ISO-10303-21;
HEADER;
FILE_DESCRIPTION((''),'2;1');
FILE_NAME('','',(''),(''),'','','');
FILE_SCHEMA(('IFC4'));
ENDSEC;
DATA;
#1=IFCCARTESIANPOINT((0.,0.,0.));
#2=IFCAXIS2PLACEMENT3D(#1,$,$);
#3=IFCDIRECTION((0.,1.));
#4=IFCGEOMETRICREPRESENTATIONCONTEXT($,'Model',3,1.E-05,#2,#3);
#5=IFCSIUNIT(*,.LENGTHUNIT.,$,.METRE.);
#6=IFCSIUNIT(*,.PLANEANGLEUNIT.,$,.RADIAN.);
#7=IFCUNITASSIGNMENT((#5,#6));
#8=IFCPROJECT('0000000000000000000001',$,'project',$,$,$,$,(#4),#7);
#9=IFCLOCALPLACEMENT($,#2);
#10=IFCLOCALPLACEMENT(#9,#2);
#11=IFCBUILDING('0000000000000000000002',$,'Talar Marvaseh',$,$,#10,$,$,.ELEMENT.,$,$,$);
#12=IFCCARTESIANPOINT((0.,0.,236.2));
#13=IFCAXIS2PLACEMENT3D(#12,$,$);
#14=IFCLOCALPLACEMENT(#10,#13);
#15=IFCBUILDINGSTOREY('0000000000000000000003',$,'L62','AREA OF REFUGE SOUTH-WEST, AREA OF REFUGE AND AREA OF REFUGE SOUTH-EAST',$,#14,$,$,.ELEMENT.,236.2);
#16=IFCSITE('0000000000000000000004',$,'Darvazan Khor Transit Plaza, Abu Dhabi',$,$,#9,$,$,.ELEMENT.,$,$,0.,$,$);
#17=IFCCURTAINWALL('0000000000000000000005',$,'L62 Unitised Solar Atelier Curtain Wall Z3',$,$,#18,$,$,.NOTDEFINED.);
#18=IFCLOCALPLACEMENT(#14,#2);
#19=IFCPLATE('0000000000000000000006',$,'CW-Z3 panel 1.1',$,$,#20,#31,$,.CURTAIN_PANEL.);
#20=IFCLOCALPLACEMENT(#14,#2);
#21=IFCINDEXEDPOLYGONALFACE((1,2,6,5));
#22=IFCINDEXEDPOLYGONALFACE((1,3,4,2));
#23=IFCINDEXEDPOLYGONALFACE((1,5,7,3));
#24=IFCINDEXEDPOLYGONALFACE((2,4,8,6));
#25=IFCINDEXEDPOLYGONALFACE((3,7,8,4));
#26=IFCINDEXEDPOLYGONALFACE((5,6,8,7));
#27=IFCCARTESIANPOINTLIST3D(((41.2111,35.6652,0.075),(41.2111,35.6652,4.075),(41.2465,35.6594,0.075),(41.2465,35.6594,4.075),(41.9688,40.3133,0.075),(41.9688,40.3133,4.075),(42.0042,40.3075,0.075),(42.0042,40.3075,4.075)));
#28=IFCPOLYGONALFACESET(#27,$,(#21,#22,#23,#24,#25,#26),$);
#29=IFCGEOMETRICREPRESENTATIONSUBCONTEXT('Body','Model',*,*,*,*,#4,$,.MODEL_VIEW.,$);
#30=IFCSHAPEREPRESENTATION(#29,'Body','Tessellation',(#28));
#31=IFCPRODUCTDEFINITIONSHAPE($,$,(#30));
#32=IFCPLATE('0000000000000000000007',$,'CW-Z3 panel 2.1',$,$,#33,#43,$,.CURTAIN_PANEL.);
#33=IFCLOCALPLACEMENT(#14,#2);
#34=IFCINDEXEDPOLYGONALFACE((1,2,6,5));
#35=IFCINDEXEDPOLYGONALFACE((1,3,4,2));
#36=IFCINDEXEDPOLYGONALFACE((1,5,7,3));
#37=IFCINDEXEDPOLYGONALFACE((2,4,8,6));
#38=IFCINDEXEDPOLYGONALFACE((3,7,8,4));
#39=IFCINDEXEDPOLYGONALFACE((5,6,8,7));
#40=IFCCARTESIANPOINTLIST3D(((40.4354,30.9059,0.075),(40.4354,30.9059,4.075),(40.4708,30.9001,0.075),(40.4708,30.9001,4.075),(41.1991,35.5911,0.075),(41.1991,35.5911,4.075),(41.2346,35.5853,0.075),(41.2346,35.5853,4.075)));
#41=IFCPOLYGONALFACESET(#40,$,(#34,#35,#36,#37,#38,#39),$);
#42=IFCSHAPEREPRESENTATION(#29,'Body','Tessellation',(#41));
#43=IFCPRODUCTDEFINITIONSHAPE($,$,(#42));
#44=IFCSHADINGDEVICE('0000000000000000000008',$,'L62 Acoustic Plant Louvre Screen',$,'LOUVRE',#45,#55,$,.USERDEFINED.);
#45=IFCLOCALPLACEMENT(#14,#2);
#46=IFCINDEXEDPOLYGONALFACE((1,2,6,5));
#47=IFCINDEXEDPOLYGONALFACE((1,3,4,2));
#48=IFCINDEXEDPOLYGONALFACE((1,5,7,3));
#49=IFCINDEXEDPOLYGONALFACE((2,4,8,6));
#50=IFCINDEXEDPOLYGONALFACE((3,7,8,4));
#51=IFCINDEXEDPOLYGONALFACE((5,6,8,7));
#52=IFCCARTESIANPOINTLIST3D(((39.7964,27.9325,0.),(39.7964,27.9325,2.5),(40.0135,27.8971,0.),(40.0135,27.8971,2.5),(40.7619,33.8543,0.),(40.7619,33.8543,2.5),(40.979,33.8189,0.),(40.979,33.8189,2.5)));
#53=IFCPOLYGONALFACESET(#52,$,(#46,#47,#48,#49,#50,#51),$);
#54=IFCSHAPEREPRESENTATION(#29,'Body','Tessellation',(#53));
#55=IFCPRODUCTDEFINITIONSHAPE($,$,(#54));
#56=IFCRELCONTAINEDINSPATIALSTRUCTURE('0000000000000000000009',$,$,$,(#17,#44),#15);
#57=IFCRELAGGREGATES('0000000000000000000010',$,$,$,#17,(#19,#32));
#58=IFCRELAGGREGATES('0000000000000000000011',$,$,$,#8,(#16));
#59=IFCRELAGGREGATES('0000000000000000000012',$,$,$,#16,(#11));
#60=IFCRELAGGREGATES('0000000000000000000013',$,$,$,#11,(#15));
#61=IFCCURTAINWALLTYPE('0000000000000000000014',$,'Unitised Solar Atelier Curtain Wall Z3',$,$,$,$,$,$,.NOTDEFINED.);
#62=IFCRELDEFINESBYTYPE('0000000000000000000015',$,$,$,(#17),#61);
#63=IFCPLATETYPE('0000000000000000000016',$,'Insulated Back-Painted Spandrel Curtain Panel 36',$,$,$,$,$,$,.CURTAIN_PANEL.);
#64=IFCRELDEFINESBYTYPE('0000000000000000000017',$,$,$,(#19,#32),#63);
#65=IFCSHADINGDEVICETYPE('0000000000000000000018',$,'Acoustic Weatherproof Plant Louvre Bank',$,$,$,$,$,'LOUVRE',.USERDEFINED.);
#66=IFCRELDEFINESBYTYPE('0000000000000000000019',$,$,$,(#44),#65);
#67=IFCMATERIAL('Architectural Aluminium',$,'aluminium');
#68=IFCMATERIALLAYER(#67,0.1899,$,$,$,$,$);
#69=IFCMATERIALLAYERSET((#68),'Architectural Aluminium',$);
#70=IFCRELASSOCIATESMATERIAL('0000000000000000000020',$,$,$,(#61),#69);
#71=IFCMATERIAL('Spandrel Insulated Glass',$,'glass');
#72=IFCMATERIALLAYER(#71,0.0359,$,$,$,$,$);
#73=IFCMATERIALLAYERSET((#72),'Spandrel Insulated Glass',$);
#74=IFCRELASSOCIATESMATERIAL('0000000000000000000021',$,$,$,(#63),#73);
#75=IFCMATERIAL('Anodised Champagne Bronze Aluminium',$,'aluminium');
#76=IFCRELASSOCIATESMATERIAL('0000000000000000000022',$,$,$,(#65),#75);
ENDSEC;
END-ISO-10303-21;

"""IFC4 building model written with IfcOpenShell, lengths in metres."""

from ifc_helpers import new_model, si_unit, direction, frame, origin, origin_2d, place, context, subcontext, project, spatial, rectangle, extrude, source, transform, mapped, material, layer, layer_set, type_object, type_shapes, element, aggregate, save


model = new_model("IFC4")

# Units and contexts
model_context = context("Model", 3, precision=1e-05, world=origin(), true_north=direction((0.0, 1.0)))
body_context = subcontext(model_context, "Body", "Model", "MODEL_VIEW")
ifc_project = project(units=[si_unit("LENGTHUNIT", "METRE"), si_unit("PLANEANGLEUNIT", "RADIAN")], contexts=[model_context])

# Site, building, storey
site_placement = place(None, origin())
site = spatial("IfcSite", under=ifc_project, at=site_placement, Name="Darvazan Khor Transit Plaza, Abu Dhabi", CompositionType="ELEMENT", RefElevation=0.0)
building_placement = place(site_placement, origin())
building = spatial("IfcBuilding", under=site, at=building_placement, Name="Talar Marvaseh", CompositionType="ELEMENT")
storey_placement = place(building_placement, frame((0.0, 0.0, 236.2)))
storey = spatial("IfcBuildingStorey", under=building, at=storey_placement, Name="L62", Description="AREA OF REFUGE SOUTH-WEST, AREA OF REFUGE AND AREA OF REFUGE SOUTH-EAST", CompositionType="ELEMENT", Elevation=236.2)

# Curtain wall
ifc_material_1 = material(Name="Architectural Aluminium", Category="aluminium")
ifc_layer_1 = layer(ifc_material_1, 0.1899)
ifc_layer_set_1 = layer_set([ifc_layer_1], Name="Architectural Aluminium")
curtain_wall_type = type_object("IfcCurtainWallType", Name="Unitised Solar Atelier Curtain Wall Z3", PredefinedType="NOTDEFINED", material=ifc_layer_set_1)
curtain_wall_placement = place(storey_placement, origin())
curtain_wall = element("IfcCurtainWall", 1, at=curtain_wall_placement, inside=storey, type_object=curtain_wall_type, Name="L62 Unitised Solar Atelier Curtain Wall Z3", PredefinedType="NOTDEFINED")

# Plates
ifc_material_2 = material(Name="Spandrel Insulated Glass", Category="glass")
ifc_layer_2 = layer(ifc_material_2, 0.0359)
ifc_layer_set_2 = layer_set([ifc_layer_2], Name="Spandrel Insulated Glass")
plate_type_1 = type_object("IfcPlateType", Name="Insulated Back-Painted Spandrel Curtain Panel 36", PredefinedType="CURTAIN_PANEL", material=ifc_layer_set_2)
shared_shape_1 = source(origin(), body_context, "Body", "SweptSolid", [
    extrude(rectangle(XDim=4.7095, YDim=0.0359, at=origin_2d()), origin(), (0.0, 0.0, 1.0), 4.0),
])
plate_1_placement = place(storey_placement, frame((41.6077, 37.9863, 0.075), z_axis=(0.0, 0.0, 1.0), x_axis=(-0.160896, -0.986971, 0.0)))
plate_1 = element("IfcPlate", 2, at=plate_1_placement, type_object=plate_type_1, Name="CW-Z3 panel 1.1", PredefinedType="CURTAIN_PANEL", context=body_context, shape_type="MappedRepresentation", body=[
    mapped(shared_shape_1, transform((0.0, 0.0, 0.0), x_axis=(1.0, 0.0, 0.0), y_axis=(0.0, 1.0, 0.0), z_axis=(0.0, 0.0, 1.0), scale=1.0)),
])
shared_shape_2 = source(origin(), body_context, "Body", "SweptSolid", [
    extrude(rectangle(XDim=4.7471, YDim=0.0359, at=origin_2d()), origin(), (0.0, 0.0, 1.0), 4.0),
])
type_shapes(plate_type_1, [shared_shape_1, shared_shape_2])
plate_2_placement = place(storey_placement, frame((40.835, 33.2456, 0.075), z_axis=(0.0, 0.0, 1.0), x_axis=(-0.160896, -0.986971, 0.0)))
plate_2 = element("IfcPlate", 3, at=plate_2_placement, type_object=plate_type_1, Name="CW-Z3 panel 2.1", PredefinedType="CURTAIN_PANEL", context=body_context, shape_type="MappedRepresentation", body=[
    mapped(shared_shape_2, transform((0.0, 0.0, 0.0), x_axis=(1.0, 0.0, 0.0), y_axis=(0.0, 1.0, 0.0), z_axis=(0.0, 0.0, 1.0), scale=1.0)),
])
aggregate(curtain_wall, [plate_1, plate_2])

# Shading device
ifc_material_3 = material(Name="Anodised Champagne Bronze Aluminium", Category="aluminium")
shading_device_type = type_object("IfcShadingDeviceType", Name="Acoustic Weatherproof Plant Louvre Bank", ElementType="LOUVRE", PredefinedType="USERDEFINED", material=ifc_material_3)
shared_shape_3 = source(origin(), body_context, "Body", "SweptSolid", [
    extrude(rectangle(XDim=6.0, YDim=0.22, at=origin_2d()), origin(), (0.0, 0.0, 1.0), 2.5),
])
type_shapes(shading_device_type, [shared_shape_3])
shading_device_placement = place(storey_placement, frame((40.3877, 30.8757, 0.0), z_axis=(0.0, 0.0, 1.0), x_axis=(-0.160915, -0.986968, 0.0)))
element("IfcShadingDevice", 4, at=shading_device_placement, inside=storey, type_object=shading_device_type, Name="L62 Acoustic Plant Louvre Screen", ObjectType="LOUVRE", PredefinedType="USERDEFINED", context=body_context, shape_type="MappedRepresentation", body=[
    mapped(shared_shape_3, transform((0.0, 0.0, 0.0), x_axis=(1.0, 0.0, 0.0), y_axis=(0.0, 1.0, 0.0), z_axis=(0.0, 0.0, 1.0), scale=1.0)),
])

save(model, "model.ifc")
